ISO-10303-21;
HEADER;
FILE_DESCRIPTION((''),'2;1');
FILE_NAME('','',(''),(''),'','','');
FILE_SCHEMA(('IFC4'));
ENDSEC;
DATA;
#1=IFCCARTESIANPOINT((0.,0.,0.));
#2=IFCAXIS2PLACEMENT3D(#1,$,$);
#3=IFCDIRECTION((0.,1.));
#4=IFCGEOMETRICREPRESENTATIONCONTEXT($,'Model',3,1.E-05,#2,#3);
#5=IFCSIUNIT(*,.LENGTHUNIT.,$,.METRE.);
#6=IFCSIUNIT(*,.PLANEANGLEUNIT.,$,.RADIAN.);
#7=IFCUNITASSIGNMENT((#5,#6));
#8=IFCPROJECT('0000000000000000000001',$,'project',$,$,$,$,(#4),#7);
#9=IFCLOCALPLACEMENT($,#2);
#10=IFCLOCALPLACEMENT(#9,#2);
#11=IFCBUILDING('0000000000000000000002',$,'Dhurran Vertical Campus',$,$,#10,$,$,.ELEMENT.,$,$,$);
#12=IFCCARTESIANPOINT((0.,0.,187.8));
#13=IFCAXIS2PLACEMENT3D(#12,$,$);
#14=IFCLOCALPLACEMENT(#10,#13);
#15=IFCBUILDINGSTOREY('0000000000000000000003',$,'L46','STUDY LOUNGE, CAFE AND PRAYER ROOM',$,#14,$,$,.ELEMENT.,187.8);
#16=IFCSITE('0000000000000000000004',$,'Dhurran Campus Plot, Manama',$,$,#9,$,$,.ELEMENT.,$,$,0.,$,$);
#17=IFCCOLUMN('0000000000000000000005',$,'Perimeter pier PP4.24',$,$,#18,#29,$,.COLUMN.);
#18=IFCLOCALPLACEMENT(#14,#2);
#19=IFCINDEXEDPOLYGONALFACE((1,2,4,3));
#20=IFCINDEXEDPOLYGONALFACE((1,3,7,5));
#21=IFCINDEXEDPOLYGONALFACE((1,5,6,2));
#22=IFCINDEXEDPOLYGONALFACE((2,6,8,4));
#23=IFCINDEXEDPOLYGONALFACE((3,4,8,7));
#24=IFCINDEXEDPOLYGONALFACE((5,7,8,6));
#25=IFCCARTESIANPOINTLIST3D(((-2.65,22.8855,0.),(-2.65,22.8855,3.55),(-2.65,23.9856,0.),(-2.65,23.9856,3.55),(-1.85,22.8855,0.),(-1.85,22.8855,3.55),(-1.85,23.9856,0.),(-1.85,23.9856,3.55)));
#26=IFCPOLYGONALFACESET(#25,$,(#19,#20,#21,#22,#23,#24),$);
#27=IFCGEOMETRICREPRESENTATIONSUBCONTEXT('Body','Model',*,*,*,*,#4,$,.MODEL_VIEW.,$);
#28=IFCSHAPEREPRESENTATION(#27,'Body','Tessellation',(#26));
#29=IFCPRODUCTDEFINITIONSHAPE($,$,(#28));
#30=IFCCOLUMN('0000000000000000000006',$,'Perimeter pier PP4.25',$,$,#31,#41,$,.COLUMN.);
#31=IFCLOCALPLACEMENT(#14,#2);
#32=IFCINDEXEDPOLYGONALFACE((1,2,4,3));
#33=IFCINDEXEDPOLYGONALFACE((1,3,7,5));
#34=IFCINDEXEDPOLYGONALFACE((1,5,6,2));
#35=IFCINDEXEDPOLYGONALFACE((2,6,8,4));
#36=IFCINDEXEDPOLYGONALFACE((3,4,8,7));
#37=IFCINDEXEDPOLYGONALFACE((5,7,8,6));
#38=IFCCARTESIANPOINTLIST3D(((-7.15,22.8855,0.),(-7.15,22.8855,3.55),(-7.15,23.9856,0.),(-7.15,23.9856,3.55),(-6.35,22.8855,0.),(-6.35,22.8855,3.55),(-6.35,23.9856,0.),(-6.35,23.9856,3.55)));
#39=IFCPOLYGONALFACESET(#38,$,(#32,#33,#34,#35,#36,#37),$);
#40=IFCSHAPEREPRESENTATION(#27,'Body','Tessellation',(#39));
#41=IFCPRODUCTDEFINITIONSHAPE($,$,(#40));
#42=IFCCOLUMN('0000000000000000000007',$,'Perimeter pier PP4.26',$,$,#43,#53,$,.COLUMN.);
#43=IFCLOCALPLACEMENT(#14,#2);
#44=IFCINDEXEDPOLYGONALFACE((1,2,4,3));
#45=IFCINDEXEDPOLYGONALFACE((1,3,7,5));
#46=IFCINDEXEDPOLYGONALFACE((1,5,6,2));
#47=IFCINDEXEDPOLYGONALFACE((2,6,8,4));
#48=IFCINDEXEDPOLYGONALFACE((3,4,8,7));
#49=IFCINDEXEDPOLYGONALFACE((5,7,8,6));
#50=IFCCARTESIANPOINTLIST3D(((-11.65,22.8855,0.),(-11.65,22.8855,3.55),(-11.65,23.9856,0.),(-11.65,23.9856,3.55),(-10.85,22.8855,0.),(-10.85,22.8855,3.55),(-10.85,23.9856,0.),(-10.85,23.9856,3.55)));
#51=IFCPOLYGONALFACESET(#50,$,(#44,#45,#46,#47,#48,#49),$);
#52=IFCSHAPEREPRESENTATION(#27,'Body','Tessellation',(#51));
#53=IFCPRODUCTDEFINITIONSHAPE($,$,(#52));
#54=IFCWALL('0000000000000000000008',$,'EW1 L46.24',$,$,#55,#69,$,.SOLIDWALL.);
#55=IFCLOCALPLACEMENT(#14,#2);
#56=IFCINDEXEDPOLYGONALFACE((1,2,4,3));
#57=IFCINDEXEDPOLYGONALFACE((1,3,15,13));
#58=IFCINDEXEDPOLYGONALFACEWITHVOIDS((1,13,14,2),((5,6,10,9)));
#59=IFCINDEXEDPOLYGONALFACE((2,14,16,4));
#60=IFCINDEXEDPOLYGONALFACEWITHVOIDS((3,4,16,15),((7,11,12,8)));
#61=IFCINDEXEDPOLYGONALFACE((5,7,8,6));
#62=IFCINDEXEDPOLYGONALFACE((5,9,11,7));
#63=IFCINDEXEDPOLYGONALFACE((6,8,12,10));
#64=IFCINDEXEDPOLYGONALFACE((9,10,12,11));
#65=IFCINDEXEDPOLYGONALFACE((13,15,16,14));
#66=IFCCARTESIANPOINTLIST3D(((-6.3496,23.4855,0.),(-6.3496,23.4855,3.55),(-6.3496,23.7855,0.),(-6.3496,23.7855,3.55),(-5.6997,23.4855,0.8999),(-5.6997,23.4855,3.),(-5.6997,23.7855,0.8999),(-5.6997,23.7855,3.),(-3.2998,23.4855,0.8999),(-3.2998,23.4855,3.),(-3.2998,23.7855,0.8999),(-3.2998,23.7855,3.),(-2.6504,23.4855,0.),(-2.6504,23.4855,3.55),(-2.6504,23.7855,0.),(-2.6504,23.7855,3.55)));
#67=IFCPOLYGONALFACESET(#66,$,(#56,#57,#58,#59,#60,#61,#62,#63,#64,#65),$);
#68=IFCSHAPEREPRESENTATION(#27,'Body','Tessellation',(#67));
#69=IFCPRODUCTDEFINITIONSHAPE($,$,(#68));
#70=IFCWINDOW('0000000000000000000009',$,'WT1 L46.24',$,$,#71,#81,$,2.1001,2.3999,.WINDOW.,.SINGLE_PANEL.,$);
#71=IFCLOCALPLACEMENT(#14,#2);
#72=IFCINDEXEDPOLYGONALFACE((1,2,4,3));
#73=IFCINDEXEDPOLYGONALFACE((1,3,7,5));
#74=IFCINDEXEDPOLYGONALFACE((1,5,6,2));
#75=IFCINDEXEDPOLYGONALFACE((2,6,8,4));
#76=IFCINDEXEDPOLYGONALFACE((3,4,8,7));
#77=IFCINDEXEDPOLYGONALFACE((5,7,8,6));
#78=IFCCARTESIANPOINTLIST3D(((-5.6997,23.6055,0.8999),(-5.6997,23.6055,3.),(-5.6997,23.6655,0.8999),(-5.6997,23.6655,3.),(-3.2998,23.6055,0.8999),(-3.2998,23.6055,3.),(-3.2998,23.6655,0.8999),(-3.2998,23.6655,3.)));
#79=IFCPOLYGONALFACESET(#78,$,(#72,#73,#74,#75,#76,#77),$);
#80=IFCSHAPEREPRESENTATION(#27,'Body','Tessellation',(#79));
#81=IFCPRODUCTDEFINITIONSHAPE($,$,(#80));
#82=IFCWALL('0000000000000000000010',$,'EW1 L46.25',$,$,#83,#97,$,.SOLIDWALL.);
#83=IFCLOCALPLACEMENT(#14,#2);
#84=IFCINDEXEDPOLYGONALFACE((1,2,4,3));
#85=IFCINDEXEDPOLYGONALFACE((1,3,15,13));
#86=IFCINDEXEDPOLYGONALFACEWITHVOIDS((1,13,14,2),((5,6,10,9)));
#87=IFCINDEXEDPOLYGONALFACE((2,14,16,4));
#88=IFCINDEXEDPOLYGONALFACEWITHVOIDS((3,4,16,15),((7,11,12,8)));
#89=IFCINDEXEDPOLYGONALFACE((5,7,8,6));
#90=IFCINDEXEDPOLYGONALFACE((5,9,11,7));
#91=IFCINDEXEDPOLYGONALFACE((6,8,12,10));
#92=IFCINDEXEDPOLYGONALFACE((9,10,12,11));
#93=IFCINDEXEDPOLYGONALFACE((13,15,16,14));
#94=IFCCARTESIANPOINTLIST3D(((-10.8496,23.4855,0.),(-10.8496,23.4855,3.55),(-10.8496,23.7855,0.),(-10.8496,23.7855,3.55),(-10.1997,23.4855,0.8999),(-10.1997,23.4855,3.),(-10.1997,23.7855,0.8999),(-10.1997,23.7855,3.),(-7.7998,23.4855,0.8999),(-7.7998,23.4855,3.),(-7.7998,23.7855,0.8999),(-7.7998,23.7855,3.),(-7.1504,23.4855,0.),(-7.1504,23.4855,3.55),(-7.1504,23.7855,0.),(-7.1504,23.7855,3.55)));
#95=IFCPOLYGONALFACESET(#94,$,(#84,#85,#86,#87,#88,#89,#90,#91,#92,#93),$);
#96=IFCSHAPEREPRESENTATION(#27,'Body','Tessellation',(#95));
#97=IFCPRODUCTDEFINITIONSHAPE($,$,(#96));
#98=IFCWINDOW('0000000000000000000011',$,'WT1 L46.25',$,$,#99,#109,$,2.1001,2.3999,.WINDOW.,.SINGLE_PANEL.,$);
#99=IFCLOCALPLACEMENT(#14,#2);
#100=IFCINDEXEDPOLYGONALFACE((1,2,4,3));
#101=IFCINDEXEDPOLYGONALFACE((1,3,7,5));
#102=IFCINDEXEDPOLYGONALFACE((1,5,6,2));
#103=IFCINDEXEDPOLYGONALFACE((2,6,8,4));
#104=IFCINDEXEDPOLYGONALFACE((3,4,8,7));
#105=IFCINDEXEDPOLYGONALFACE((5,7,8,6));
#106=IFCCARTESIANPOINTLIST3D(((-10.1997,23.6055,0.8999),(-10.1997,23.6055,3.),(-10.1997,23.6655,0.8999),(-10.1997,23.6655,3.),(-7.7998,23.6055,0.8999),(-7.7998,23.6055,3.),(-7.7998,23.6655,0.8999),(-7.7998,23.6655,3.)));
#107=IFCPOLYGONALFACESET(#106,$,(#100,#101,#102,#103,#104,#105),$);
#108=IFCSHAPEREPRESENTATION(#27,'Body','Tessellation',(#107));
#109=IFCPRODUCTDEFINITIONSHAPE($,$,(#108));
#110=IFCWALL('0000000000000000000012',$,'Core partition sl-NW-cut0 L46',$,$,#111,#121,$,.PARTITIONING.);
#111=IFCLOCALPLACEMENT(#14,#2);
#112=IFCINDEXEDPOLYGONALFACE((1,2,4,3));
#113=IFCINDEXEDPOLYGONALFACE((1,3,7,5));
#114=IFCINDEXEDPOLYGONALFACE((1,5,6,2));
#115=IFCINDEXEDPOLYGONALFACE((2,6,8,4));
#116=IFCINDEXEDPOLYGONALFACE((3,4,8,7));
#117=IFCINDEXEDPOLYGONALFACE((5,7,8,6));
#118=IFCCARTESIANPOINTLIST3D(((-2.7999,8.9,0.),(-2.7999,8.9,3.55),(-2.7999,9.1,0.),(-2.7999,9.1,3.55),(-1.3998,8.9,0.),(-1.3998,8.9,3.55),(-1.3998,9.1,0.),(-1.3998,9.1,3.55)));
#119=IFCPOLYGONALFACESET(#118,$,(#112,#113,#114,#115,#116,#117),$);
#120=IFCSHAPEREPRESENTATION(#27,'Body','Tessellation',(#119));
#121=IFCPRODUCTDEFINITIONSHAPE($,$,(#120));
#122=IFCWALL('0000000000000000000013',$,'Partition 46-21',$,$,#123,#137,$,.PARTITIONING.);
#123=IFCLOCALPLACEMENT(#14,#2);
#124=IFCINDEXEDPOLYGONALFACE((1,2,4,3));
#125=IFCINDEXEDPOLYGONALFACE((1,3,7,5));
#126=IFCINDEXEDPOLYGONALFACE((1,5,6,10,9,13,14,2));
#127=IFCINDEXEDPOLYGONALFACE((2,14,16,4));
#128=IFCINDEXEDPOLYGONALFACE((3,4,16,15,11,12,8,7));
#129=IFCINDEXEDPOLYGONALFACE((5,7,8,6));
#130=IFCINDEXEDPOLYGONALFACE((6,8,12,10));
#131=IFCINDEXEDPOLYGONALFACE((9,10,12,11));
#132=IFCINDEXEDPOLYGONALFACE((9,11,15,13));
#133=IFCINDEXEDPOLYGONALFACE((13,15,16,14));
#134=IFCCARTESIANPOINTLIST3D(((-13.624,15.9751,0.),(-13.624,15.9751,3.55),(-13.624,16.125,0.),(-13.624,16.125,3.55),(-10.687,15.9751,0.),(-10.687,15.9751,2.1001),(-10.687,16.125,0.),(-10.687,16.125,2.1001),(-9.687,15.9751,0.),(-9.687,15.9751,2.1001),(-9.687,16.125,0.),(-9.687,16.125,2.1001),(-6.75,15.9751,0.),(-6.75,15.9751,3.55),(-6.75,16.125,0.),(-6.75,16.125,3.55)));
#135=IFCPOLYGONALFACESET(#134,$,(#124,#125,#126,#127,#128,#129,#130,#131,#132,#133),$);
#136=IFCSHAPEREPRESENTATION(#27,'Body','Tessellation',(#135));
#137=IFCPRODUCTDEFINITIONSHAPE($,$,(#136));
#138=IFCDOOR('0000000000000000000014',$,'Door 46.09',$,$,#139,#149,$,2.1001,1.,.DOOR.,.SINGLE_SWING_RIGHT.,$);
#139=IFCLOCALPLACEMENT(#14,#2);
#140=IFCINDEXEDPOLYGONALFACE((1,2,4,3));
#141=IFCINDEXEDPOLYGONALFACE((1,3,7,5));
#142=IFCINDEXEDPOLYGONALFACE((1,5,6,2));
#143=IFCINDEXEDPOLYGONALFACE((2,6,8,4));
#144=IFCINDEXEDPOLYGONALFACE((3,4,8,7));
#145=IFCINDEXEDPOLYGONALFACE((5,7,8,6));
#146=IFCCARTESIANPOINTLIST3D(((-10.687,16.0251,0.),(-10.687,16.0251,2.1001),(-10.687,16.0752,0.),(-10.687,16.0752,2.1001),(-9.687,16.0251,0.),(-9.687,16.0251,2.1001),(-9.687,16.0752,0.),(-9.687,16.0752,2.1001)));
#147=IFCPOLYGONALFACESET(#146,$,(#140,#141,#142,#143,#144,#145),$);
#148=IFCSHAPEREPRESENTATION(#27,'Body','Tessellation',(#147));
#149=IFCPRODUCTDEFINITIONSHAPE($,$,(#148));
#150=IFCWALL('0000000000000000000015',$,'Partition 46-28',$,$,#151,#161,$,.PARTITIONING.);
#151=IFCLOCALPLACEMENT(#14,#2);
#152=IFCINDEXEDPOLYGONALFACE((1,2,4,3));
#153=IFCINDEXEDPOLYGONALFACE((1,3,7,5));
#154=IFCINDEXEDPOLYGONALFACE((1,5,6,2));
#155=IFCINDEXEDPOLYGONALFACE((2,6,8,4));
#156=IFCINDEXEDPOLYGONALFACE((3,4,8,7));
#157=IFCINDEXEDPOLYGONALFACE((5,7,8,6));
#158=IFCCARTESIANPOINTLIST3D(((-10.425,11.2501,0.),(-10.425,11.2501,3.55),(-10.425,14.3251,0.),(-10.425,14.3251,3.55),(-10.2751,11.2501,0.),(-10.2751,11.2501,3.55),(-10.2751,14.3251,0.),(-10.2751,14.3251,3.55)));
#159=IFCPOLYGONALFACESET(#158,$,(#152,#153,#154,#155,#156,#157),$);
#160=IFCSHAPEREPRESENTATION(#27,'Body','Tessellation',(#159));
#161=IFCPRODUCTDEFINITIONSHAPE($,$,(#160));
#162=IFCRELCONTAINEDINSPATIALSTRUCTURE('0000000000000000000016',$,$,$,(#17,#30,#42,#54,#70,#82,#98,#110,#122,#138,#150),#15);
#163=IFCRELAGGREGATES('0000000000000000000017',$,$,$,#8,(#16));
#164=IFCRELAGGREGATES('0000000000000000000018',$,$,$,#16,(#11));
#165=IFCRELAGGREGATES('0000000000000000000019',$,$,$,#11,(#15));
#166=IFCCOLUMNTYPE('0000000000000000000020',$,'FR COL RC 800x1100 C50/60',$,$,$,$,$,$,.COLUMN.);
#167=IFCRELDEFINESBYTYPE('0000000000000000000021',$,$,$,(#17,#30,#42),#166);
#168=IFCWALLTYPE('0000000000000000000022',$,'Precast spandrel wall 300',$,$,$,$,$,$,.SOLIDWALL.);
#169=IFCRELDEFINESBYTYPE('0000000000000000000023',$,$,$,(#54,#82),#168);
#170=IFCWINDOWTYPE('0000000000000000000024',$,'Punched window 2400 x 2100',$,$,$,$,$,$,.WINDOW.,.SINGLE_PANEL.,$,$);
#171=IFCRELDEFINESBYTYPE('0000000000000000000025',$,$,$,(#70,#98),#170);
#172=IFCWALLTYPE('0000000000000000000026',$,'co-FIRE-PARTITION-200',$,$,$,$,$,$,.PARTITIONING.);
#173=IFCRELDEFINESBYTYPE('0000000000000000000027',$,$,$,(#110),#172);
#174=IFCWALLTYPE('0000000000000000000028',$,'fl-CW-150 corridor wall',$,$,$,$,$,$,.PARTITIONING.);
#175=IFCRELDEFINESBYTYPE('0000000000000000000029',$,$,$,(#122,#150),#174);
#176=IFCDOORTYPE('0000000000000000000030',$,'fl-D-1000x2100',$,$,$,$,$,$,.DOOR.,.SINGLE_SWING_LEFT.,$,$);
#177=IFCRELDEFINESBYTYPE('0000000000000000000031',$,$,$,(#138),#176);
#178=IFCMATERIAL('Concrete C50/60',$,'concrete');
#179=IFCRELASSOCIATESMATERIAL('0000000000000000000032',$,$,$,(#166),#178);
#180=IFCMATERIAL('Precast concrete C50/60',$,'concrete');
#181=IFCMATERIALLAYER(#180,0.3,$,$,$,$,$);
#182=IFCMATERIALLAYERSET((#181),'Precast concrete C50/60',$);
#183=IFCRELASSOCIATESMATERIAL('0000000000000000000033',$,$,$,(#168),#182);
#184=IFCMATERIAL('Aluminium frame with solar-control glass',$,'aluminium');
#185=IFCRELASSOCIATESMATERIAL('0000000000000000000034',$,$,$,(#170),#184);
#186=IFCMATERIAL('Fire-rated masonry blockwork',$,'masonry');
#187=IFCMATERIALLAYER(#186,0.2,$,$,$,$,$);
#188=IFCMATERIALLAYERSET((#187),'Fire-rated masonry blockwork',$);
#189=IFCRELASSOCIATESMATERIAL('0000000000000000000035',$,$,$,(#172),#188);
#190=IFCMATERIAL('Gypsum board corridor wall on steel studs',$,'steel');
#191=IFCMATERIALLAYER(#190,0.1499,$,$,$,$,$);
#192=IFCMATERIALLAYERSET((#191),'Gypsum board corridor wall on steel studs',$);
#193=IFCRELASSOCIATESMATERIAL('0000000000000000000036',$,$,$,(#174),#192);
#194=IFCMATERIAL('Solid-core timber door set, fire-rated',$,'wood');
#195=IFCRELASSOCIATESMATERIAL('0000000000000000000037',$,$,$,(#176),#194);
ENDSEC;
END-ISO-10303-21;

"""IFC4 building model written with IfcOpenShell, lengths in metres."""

from ifc_helpers import new_model, si_unit, direction, frame, frame_2d, origin, origin_2d, place, context, subcontext, project, spatial, rectangle, extrude, material, layer, layer_set, material_profile, profile_set, type_object, element, fill, save


model = new_model("IFC4")

# Units and contexts
model_context = context("Model", 3, precision=1e-05, world=origin(), true_north=direction((0.0, 1.0)))
body_context = subcontext(model_context, "Body", "Model", "MODEL_VIEW")
ifc_project = project(units=[si_unit("LENGTHUNIT", "METRE"), si_unit("PLANEANGLEUNIT", "RADIAN")], contexts=[model_context])

# Site, building, storey
site_placement = place(None, origin())
site = spatial("IfcSite", under=ifc_project, at=site_placement, Name="Dhurran Campus Plot, Manama", CompositionType="ELEMENT", RefElevation=0.0)
building_placement = place(site_placement, origin())
building = spatial("IfcBuilding", under=site, at=building_placement, Name="Dhurran Vertical Campus", CompositionType="ELEMENT")
storey_placement = place(building_placement, frame((0.0, 0.0, 187.8)))
storey = spatial("IfcBuildingStorey", under=building, at=storey_placement, Name="L46", Description="STUDY LOUNGE, CAFE AND PRAYER ROOM", CompositionType="ELEMENT", Elevation=187.8)

# Columns
ifc_material_1 = material(Name="Concrete C50/60", Category="concrete")
ifc_material_profile = material_profile(ifc_material_1, rectangle(XDim=0.8, YDim=1.1001, at=origin_2d()), Name="RC 800x1100")
ifc_profile_set = profile_set([ifc_material_profile], Name="Concrete C50/60")
column_type = type_object("IfcColumnType", Name="FR COL RC 800x1100 C50/60", PredefinedType="COLUMN", material=ifc_profile_set)
for number, where, z_axis, x_axis, name in (
    (1, (-2.25, 23.4355, 0.0), (0.0, 0.0, 1.0), (-1.0, 0.0, 0.0), "Perimeter pier PP4.24"),
    (2, (-6.75, 23.4355, 0.0), (0.0, 0.0, 1.0), (-1.0, 0.0, 0.0), "Perimeter pier PP4.25"),
    (3, (-11.25, 23.4355, 0.0), (0.0, 0.0, 1.0), (-1.0, 0.0, 0.0), "Perimeter pier PP4.26"),
):
    element("IfcColumn", number, at=place(storey_placement, frame(where, z_axis=z_axis, x_axis=x_axis)), inside=storey, type_object=column_type, Name=name, PredefinedType="COLUMN", context=body_context, shape_type="SweptSolid", body=[
        extrude(rectangle(XDim=0.8, YDim=1.1001, at=origin_2d()), origin(), (0.0, 0.0, 1.0), 3.55),
    ])

# Walls, openings, windows
ifc_material_2 = material(Name="Precast concrete C50/60", Category="concrete")
ifc_layer_1 = layer(ifc_material_2, 0.3)
ifc_layer_set_1 = layer_set([ifc_layer_1], Name="Precast concrete C50/60")
wall_type_1 = type_object("IfcWallType", Name="Precast spandrel wall 300", PredefinedType="SOLIDWALL", material=ifc_layer_set_1)
wall_1_placement = place(storey_placement, frame((-2.6504, 23.6355, 0.0), z_axis=(0.0, 0.0, 1.0), x_axis=(-1.0, 0.0, 0.0)))
wall_1 = element("IfcWall", 4, at=wall_1_placement, inside=storey, type_object=wall_type_1, Name="EW1 L46.24", PredefinedType="SOLIDWALL", context=body_context, shape_type="SweptSolid", body=[
    extrude(rectangle(XDim=3.6992, YDim=0.3, at=frame_2d((1.8496, 0.0))), origin(), (0.0, 0.0, 1.0), 3.55),
])
opening_1_placement = place(wall_1_placement, frame((0.6494, 0.0, 0.8999)))
opening_1 = element("IfcOpeningElement", 5, at=opening_1_placement, cuts=wall_1, PredefinedType="OPENING", context=body_context, shape_type="SweptSolid", body=[
    extrude(rectangle(XDim=2.3999, YDim=2.1001, at=frame_2d((1.2, 1.05))), frame((0.0, 0.1599, 0.0), z_axis=(0.0, -1.0, 0.0), x_axis=(1.0, 0.0, 0.0)), (0.0, 0.0, 1.0), 0.3201),
])
ifc_material_3 = material(Name="Aluminium frame with solar-control glass", Category="aluminium")
window_type = type_object("IfcWindowType", Name="Punched window 2400 x 2100", PartitioningType="SINGLE_PANEL", PredefinedType="WINDOW", material=ifc_material_3)
window_1_placement = place(opening_1_placement, origin())
window_1 = element("IfcWindow", 6, at=window_1_placement, inside=storey, type_object=window_type, Name="WT1 L46.24", OverallHeight=2.1001, OverallWidth=2.3999, PartitioningType="SINGLE_PANEL", PredefinedType="WINDOW", context=body_context, shape_type="SweptSolid", body=[
    extrude(rectangle(XDim=2.3999, YDim=2.1001, at=frame_2d((1.2, 1.05))), frame((0.0, 0.03, 0.0), z_axis=(0.0, -1.0, 0.0), x_axis=(1.0, 0.0, 0.0)), (0.0, 0.0, 1.0), 0.0601),
])
fill(opening_1, window_1)
wall_2_placement = place(storey_placement, frame((-7.1504, 23.6355, 0.0), z_axis=(0.0, 0.0, 1.0), x_axis=(-1.0, 0.0, 0.0)))
wall_2 = element("IfcWall", 7, at=wall_2_placement, inside=storey, type_object=wall_type_1, Name="EW1 L46.25", PredefinedType="SOLIDWALL", context=body_context, shape_type="SweptSolid", body=[
    extrude(rectangle(XDim=3.6992, YDim=0.3, at=frame_2d((1.8496, 0.0))), origin(), (0.0, 0.0, 1.0), 3.55),
])
opening_2_placement = place(wall_2_placement, frame((0.6494, 0.0, 0.8999)))
opening_2 = element("IfcOpeningElement", 8, at=opening_2_placement, cuts=wall_2, PredefinedType="OPENING", context=body_context, shape_type="SweptSolid", body=[
    extrude(rectangle(XDim=2.3999, YDim=2.1001, at=frame_2d((1.2, 1.05))), frame((0.0, 0.1599, 0.0), z_axis=(0.0, -1.0, 0.0), x_axis=(1.0, 0.0, 0.0)), (0.0, 0.0, 1.0), 0.3201),
])
window_2_placement = place(opening_2_placement, origin())
window_2 = element("IfcWindow", 9, at=window_2_placement, inside=storey, type_object=window_type, Name="WT1 L46.25", OverallHeight=2.1001, OverallWidth=2.3999, PartitioningType="SINGLE_PANEL", PredefinedType="WINDOW", context=body_context, shape_type="SweptSolid", body=[
    extrude(rectangle(XDim=2.3999, YDim=2.1001, at=frame_2d((1.2, 1.05))), frame((0.0, 0.03, 0.0), z_axis=(0.0, -1.0, 0.0), x_axis=(1.0, 0.0, 0.0)), (0.0, 0.0, 1.0), 0.0601),
])
fill(opening_2, window_2)

# Wall
ifc_material_4 = material(Name="Fire-rated masonry blockwork", Category="masonry")
ifc_layer_2 = layer(ifc_material_4, 0.2)
ifc_layer_set_2 = layer_set([ifc_layer_2], Name="Fire-rated masonry blockwork")
wall_type_2 = type_object("IfcWallType", Name="co-FIRE-PARTITION-200", PredefinedType="PARTITIONING", material=ifc_layer_set_2)
wall_3_placement = place(storey_placement, frame((-2.8, 9.0, 0.0), z_axis=(0.0, 0.0, 1.0), x_axis=(1.0, 0.0, 0.0)))
element("IfcWall", 10, at=wall_3_placement, inside=storey, type_object=wall_type_2, Name="Core partition sl-NW-cut0 L46", PredefinedType="PARTITIONING", context=body_context, shape_type="SweptSolid", body=[
    extrude(rectangle(XDim=1.4001, YDim=0.2, at=frame_2d((0.7002, 0.0))), origin(), (0.0, 0.0, 1.0), 3.55),
])

# Wall, opening, door
ifc_material_5 = material(Name="Gypsum board corridor wall on steel studs", Category="steel")
ifc_layer_3 = layer(ifc_material_5, 0.1499)
ifc_layer_set_3 = layer_set([ifc_layer_3], Name="Gypsum board corridor wall on steel studs")
wall_type_3 = type_object("IfcWallType", Name="fl-CW-150 corridor wall", PredefinedType="PARTITIONING", material=ifc_layer_set_3)
wall_4_placement = place(storey_placement, frame((-6.75, 16.05, 0.0), z_axis=(0.0, 0.0, 1.0), x_axis=(-1.0, 0.0, 0.0)))
wall_4 = element("IfcWall", 11, at=wall_4_placement, inside=storey, type_object=wall_type_3, Name="Partition 46-21", PredefinedType="PARTITIONING", context=body_context, shape_type="SweptSolid", body=[
    extrude(rectangle(XDim=6.874, YDim=0.1499, at=frame_2d((3.437, 0.0))), origin(), (0.0, 0.0, 1.0), 3.55),
])
opening_3_placement = place(wall_4_placement, frame((2.937, 0.0, 0.0)))
opening_3 = element("IfcOpeningElement", 12, at=opening_3_placement, cuts=wall_4, PredefinedType="OPENING", context=body_context, shape_type="SweptSolid", body=[
    extrude(rectangle(XDim=1.0, YDim=2.1001, at=frame_2d((0.5, 1.05))), frame((0.0, 0.085, 0.0), z_axis=(0.0, -1.0, 0.0), x_axis=(1.0, 0.0, 0.0)), (0.0, 0.0, 1.0), 0.1699),
])
ifc_material_6 = material(Name="Solid-core timber door set, fire-rated", Category="wood")
door_type = type_object("IfcDoorType", Name="fl-D-1000x2100", OperationType="SINGLE_SWING_LEFT", PredefinedType="DOOR", material=ifc_material_6)
door_1_placement = place(opening_3_placement, origin())
door_1 = element("IfcDoor", 13, at=door_1_placement, inside=storey, type_object=door_type, Name="Door 46.09", OperationType="SINGLE_SWING_RIGHT", OverallHeight=2.1001, OverallWidth=1.0, PredefinedType="DOOR", context=body_context, shape_type="SweptSolid", body=[
    extrude(rectangle(XDim=1.0, YDim=2.1001, at=frame_2d((0.5, 1.05))), frame((0.0, 0.0249, 0.0), z_axis=(0.0, -1.0, 0.0), x_axis=(1.0, 0.0, 0.0)), (0.0, 0.0, 1.0), 0.05),
])
fill(opening_3, door_1)

# Wall
wall_5_placement = place(storey_placement, frame((-10.3501, 11.25, 0.0), z_axis=(0.0, 0.0, 1.0), x_axis=(0.0, 1.0, 0.0)))
element("IfcWall", 14, at=wall_5_placement, inside=storey, type_object=wall_type_3, Name="Partition 46-28", PredefinedType="PARTITIONING", context=body_context, shape_type="SweptSolid", body=[
    extrude(rectangle(XDim=3.075, YDim=0.1499, at=frame_2d((1.5376, 0.0))), origin(), (0.0, 0.0, 1.0), 3.55),
])

save(model, "model.ifc")
